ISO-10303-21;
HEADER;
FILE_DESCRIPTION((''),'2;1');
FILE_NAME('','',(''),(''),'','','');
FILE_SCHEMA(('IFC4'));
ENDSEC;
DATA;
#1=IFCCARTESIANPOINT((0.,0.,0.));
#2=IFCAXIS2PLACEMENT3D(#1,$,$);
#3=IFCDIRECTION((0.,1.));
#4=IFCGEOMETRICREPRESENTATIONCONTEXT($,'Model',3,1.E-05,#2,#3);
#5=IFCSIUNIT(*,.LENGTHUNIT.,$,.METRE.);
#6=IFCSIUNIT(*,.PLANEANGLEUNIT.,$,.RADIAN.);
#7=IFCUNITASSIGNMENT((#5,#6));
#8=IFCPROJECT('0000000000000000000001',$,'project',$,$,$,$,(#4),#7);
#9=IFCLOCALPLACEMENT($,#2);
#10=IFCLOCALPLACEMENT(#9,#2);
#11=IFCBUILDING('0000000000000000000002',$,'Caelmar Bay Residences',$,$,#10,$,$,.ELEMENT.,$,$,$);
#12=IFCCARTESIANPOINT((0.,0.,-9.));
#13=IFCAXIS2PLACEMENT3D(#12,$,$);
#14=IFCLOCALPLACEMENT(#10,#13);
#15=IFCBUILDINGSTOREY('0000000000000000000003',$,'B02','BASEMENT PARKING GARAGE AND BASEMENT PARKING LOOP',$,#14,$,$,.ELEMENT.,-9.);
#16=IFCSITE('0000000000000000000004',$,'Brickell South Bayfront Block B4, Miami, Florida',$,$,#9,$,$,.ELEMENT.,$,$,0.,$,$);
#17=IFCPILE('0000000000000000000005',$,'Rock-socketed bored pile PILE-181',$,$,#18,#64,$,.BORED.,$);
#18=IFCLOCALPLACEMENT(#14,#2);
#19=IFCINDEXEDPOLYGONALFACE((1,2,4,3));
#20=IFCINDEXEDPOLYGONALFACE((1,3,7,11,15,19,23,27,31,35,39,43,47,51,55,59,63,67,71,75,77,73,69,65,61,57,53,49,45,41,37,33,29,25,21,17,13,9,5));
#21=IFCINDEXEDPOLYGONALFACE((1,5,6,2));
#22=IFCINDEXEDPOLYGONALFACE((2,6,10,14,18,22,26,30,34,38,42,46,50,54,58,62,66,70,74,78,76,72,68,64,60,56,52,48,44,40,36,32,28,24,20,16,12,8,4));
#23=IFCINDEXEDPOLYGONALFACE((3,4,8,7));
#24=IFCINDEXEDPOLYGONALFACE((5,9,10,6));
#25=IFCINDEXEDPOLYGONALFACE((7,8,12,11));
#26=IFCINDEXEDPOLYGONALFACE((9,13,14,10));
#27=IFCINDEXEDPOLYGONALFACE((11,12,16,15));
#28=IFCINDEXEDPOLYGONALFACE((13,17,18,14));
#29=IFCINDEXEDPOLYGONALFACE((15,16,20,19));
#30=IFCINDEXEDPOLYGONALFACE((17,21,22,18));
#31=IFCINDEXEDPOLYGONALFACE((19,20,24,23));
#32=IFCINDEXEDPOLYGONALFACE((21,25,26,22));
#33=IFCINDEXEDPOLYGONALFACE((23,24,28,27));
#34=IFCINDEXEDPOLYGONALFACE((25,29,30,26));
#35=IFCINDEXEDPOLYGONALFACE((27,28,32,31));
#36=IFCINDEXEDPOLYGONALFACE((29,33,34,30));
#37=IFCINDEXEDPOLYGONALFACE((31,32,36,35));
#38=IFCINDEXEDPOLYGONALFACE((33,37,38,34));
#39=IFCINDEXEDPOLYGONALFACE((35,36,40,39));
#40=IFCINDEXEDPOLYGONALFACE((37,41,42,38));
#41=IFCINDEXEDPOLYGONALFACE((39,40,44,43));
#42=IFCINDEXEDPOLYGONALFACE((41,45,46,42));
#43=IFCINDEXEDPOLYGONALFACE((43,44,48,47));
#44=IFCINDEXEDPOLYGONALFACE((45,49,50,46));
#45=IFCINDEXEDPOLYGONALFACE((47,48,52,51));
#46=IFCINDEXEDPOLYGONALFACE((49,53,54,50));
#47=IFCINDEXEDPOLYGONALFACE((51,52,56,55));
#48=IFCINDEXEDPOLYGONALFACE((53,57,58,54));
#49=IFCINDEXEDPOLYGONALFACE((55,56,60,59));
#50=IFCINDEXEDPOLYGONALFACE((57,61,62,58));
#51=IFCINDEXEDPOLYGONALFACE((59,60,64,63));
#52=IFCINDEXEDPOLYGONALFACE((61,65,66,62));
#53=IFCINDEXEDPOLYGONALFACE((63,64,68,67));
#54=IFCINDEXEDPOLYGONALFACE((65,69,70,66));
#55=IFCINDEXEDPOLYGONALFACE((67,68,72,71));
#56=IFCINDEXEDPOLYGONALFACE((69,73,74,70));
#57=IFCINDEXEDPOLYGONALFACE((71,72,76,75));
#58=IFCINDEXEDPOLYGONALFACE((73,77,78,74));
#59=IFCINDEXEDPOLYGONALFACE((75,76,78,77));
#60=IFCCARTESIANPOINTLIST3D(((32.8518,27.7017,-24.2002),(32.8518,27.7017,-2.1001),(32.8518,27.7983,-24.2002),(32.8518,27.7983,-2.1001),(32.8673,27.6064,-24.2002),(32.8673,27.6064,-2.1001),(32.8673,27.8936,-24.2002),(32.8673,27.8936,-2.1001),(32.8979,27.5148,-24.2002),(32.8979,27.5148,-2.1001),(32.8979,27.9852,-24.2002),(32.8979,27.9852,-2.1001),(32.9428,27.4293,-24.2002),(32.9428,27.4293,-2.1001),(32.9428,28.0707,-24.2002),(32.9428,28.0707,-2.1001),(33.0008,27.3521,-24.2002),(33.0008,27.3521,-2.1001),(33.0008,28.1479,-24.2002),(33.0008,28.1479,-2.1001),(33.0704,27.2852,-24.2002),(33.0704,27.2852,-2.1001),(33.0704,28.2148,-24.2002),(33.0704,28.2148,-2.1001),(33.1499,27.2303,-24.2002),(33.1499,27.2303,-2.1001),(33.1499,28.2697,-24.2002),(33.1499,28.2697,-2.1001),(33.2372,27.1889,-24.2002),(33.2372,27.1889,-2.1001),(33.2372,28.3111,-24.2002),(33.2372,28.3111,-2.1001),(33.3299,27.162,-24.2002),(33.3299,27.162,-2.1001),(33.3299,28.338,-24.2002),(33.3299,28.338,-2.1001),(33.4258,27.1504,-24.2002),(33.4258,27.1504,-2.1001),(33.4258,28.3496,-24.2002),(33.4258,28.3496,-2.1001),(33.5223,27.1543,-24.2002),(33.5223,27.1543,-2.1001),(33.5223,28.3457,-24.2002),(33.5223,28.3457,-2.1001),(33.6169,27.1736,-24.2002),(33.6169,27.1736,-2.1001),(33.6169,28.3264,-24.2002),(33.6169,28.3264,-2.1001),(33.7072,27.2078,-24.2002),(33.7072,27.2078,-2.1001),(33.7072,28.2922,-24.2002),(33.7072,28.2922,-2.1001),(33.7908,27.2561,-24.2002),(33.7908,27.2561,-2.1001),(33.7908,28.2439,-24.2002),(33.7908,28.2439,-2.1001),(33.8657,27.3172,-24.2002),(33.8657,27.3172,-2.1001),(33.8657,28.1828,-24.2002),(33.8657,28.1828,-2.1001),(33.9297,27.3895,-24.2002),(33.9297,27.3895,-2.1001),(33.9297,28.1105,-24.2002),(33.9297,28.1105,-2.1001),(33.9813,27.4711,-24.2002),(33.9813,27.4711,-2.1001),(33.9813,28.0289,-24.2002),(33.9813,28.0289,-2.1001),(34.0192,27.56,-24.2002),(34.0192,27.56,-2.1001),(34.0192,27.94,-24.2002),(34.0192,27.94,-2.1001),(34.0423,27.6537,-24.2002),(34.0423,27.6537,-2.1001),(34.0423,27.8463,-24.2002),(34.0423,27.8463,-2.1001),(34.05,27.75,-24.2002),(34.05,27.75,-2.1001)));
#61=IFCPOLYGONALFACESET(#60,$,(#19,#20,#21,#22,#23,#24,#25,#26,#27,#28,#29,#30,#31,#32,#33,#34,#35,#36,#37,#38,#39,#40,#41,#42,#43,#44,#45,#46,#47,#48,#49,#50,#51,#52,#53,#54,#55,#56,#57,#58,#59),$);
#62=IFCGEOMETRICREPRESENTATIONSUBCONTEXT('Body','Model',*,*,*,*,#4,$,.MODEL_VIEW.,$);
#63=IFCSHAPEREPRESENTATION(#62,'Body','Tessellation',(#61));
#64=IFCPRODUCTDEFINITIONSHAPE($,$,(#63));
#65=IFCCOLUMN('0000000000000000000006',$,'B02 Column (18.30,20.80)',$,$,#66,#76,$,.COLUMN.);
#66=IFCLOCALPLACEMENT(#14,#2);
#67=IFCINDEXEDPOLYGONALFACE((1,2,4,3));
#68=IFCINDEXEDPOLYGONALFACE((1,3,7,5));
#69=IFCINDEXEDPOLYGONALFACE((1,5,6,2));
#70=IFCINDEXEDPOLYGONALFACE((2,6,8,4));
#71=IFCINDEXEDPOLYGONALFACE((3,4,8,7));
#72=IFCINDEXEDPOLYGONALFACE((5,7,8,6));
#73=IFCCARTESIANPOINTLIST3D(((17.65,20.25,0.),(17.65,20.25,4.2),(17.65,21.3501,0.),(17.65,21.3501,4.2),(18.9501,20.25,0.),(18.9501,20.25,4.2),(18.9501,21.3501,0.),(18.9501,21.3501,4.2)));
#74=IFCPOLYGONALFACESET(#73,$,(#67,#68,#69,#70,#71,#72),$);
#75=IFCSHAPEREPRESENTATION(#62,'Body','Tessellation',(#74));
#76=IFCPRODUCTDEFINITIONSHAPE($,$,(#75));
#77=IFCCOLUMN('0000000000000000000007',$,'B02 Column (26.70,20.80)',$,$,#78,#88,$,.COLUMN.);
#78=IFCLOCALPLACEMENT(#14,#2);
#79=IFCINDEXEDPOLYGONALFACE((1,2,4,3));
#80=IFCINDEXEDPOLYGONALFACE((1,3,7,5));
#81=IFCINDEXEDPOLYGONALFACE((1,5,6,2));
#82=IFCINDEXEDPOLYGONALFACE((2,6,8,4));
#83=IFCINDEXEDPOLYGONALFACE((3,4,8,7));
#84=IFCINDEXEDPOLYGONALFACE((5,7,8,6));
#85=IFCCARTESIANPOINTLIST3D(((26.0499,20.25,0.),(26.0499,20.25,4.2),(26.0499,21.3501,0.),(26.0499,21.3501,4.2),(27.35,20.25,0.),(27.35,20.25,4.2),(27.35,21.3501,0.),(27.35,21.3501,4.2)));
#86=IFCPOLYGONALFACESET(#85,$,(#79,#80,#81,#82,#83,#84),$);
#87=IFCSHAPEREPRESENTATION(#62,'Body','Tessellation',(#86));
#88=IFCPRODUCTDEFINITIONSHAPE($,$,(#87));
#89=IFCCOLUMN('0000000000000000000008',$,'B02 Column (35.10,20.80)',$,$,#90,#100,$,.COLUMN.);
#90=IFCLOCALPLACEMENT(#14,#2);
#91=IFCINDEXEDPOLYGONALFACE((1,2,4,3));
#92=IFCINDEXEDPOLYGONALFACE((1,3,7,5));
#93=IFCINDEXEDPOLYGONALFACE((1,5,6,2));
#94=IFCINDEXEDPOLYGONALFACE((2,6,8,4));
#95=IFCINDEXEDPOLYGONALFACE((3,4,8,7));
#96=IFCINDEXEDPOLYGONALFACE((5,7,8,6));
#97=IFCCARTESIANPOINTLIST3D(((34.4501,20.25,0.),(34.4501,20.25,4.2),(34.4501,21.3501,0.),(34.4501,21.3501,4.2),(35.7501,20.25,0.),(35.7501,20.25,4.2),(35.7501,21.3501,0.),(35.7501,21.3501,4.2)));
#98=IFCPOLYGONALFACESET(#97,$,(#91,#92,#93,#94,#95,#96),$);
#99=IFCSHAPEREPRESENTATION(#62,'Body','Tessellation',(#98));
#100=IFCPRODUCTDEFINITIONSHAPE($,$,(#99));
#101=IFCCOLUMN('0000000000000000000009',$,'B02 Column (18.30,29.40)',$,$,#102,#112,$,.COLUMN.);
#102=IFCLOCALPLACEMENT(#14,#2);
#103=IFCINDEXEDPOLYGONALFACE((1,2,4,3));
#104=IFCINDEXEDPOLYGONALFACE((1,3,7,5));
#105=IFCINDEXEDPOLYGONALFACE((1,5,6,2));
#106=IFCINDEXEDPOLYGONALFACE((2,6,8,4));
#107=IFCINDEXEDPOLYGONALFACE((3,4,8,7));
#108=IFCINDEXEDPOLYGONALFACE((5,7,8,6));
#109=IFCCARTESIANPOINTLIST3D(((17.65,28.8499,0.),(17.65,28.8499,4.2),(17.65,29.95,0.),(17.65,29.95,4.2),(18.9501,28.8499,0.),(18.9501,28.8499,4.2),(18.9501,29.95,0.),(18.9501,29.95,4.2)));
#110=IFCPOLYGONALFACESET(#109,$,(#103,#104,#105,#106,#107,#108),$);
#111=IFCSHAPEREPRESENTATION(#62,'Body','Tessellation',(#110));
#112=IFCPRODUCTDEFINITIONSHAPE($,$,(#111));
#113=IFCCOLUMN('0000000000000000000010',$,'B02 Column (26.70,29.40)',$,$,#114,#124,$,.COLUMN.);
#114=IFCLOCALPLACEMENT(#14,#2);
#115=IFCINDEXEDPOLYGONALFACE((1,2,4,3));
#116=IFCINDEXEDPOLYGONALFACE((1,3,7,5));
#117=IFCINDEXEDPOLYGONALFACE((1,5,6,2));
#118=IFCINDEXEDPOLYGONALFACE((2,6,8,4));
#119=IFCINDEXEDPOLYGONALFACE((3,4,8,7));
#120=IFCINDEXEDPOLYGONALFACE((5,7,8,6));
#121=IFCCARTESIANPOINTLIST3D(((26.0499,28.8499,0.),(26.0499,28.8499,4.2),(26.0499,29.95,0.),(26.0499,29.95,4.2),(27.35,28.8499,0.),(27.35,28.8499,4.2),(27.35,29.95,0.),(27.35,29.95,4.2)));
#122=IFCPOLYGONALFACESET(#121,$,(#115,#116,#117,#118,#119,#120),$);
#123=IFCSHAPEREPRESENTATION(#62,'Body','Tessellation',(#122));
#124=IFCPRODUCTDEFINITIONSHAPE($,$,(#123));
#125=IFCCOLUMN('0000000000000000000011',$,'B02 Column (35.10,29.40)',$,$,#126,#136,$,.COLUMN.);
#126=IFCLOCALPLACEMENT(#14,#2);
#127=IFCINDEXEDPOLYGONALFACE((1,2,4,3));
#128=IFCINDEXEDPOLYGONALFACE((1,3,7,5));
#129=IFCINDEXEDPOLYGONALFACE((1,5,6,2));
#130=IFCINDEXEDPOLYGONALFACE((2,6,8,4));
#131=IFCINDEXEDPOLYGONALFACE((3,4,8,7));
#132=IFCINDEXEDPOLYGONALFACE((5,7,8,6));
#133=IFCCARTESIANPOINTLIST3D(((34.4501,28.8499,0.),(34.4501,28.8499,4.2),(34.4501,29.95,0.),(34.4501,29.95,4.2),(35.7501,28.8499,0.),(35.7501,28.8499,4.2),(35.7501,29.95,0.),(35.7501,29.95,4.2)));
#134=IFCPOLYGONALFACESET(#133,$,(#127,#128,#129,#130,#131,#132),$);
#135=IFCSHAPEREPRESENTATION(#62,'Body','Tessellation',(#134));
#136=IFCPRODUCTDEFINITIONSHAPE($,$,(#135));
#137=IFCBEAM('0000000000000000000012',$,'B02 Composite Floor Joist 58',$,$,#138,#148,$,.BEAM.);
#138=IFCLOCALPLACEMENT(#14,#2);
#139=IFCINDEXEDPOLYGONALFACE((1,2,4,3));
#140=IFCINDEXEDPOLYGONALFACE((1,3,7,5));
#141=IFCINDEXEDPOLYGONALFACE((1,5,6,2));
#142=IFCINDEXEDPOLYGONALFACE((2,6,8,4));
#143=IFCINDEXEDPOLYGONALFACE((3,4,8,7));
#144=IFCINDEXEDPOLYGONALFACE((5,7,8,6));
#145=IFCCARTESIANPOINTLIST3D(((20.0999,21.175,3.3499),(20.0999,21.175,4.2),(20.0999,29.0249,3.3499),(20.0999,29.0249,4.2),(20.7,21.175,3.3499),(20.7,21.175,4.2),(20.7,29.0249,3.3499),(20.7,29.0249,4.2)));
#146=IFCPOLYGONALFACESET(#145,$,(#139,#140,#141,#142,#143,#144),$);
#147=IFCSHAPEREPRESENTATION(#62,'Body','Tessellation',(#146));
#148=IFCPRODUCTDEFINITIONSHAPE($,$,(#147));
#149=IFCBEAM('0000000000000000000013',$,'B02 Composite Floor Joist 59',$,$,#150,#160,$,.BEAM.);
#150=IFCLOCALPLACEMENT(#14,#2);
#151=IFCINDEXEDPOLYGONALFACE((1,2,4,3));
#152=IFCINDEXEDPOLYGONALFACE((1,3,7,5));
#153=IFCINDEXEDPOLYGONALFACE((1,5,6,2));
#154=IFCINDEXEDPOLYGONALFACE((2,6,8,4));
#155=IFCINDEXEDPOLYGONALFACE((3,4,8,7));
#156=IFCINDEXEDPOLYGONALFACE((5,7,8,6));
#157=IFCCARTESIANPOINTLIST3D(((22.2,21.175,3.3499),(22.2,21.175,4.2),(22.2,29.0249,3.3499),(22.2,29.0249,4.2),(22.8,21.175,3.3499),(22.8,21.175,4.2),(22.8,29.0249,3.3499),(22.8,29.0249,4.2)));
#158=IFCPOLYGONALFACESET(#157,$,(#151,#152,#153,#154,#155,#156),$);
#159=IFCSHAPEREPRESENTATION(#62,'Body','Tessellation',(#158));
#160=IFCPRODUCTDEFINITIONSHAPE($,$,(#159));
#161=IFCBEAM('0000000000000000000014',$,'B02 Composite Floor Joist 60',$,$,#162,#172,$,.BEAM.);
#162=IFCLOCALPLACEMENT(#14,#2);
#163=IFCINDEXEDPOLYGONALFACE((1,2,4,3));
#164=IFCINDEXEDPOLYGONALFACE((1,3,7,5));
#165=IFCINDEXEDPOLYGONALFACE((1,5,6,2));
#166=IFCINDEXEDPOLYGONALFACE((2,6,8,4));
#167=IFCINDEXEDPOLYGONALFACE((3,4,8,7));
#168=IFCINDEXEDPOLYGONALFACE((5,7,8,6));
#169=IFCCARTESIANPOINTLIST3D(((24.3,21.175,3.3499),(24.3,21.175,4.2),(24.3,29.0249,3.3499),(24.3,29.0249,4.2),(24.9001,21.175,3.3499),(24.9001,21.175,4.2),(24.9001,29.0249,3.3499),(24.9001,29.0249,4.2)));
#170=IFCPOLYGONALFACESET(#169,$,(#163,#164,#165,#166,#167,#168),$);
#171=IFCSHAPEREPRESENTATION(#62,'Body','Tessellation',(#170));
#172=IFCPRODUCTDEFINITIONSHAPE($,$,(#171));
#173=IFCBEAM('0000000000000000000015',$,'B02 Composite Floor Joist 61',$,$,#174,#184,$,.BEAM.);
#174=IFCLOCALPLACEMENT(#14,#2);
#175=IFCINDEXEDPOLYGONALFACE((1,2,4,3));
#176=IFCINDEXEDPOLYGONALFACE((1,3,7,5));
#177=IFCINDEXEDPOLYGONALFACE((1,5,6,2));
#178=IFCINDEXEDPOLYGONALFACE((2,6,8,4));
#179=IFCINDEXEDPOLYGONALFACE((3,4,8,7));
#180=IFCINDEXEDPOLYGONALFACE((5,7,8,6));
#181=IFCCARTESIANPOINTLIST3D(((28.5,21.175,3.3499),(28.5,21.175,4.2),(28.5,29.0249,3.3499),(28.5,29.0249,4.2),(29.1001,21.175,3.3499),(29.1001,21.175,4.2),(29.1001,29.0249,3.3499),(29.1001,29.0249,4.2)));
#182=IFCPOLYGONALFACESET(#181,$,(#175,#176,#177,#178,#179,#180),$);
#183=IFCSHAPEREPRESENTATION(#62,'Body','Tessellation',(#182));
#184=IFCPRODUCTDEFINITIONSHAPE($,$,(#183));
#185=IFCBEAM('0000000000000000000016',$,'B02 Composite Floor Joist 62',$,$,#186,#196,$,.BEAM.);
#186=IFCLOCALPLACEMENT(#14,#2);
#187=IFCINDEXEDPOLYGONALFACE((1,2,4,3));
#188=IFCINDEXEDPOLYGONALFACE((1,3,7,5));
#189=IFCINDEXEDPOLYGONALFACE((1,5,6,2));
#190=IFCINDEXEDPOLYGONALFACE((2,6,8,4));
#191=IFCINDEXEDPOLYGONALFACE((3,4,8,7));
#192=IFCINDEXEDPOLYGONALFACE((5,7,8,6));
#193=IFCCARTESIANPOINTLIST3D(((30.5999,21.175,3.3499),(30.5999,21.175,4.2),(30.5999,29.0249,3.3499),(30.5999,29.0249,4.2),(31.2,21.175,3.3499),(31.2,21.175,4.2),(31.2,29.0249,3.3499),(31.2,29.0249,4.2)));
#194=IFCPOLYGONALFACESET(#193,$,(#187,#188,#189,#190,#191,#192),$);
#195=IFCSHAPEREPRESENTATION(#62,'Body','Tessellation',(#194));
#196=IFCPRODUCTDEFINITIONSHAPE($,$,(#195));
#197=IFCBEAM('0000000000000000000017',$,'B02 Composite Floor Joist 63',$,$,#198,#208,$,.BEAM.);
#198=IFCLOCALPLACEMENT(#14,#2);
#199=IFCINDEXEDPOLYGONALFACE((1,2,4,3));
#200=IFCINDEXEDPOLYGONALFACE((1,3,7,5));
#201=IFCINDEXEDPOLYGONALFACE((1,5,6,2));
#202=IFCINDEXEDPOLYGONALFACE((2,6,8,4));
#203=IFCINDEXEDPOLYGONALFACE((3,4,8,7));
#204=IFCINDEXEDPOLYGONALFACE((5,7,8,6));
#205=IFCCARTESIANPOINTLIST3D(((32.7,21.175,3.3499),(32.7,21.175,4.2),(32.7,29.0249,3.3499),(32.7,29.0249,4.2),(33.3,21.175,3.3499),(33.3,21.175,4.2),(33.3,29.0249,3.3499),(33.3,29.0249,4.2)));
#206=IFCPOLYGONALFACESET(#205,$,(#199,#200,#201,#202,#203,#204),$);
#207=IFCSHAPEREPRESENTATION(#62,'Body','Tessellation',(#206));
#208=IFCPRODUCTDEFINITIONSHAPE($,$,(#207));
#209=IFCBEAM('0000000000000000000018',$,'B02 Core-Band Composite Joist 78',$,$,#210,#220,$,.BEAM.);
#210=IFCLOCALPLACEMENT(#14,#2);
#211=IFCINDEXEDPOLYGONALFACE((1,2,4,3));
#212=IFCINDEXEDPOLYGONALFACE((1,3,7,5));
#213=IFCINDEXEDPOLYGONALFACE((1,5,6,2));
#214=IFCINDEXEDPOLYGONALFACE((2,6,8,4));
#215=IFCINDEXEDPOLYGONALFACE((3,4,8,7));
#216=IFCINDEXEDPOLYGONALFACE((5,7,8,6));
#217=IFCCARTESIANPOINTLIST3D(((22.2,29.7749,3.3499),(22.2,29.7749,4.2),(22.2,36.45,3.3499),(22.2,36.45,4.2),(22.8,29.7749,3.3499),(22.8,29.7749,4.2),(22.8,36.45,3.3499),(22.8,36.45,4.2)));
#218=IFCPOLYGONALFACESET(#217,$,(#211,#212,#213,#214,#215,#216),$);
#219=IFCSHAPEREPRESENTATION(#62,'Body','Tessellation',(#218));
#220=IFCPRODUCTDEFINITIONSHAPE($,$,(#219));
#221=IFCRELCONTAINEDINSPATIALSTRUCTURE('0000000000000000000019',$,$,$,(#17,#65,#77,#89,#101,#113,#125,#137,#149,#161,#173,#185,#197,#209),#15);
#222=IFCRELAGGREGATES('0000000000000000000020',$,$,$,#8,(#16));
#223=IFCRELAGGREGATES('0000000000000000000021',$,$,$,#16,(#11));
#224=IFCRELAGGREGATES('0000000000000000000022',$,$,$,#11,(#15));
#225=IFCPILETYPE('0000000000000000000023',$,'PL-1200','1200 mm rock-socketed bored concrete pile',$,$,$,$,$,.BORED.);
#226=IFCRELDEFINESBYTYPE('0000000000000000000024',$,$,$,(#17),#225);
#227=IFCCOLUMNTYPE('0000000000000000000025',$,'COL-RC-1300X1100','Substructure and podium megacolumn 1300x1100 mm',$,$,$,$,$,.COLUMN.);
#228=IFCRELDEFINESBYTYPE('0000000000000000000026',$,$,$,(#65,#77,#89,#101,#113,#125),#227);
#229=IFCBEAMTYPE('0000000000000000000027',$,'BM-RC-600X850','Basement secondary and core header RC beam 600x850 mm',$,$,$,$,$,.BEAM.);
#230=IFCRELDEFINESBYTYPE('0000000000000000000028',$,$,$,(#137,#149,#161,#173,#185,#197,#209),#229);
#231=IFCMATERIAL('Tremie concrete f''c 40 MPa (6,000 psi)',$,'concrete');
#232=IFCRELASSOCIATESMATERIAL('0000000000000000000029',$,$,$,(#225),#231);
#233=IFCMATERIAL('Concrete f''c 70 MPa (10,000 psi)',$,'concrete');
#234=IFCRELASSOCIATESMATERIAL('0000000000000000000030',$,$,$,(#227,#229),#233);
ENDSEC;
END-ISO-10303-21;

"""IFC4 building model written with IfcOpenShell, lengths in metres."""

from ifc_helpers import new_model, si_unit, direction, frame, origin, origin_2d, place, context, subcontext, project, spatial, rectangle, circle, extrude, material, material_profile, profile_set, type_object, element, save


model = new_model("IFC4")

# Units and contexts
model_context = context("Model", 3, precision=1e-05, world=origin(), true_north=direction((0.0, 1.0)))
body_context = subcontext(model_context, "Body", "Model", "MODEL_VIEW")
ifc_project = project(units=[si_unit("LENGTHUNIT", "METRE"), si_unit("PLANEANGLEUNIT", "RADIAN")], contexts=[model_context])

# Site, building, storey
site_placement = place(None, origin())
site = spatial("IfcSite", under=ifc_project, at=site_placement, Name="Brickell South Bayfront Block B4, Miami, Florida", CompositionType="ELEMENT", RefElevation=0.0)
building_placement = place(site_placement, origin())
building = spatial("IfcBuilding", under=site, at=building_placement, Name="Caelmar Bay Residences", CompositionType="ELEMENT")
storey_placement = place(building_placement, frame((0.0, 0.0, -9.0)))
storey = spatial("IfcBuildingStorey", under=building, at=storey_placement, Name="B02", Description="BASEMENT PARKING GARAGE AND BASEMENT PARKING LOOP", CompositionType="ELEMENT", Elevation=-9.0)

# Pile
ifc_material_1 = material(Name="Tremie concrete f'c 40 MPa (6,000 psi)", Category="concrete")
ifc_material_profile_1 = material_profile(ifc_material_1, circle(Radius=0.6001, at=origin_2d()), Name="PILE-1200D")
ifc_profile_set_1 = profile_set([ifc_material_profile_1], Name="Tremie concrete f'c 40 MPa (6,000 psi)")
pile_type = type_object("IfcPileType", Name="PL-1200", Description="1200 mm rock-socketed bored concrete pile", PredefinedType="BORED", material=ifc_profile_set_1)
for number, where, z_axis, x_axis, name in (
    (1, (33.45, 27.75, -2.1001), (0.0, 0.0, -1.0), (1.0, 0.0, 0.0), "Rock-socketed bored pile PILE-181"),
):
    element("IfcPile", number, at=place(storey_placement, frame(where, z_axis=z_axis, x_axis=x_axis)), inside=storey, type_object=pile_type, Name=name, PredefinedType="BORED", context=body_context, shape_type="SweptSolid", body=[
        extrude(circle(Radius=0.6001, at=origin_2d()), origin(), (0.0, 0.0, 1.0), 22.1001),
    ])

# Columns
ifc_material_2 = material(Name="Concrete f'c 70 MPa (10,000 psi)", Category="concrete")
ifc_material_profile_2 = material_profile(ifc_material_2, rectangle(XDim=1.3, YDim=1.1001, at=origin_2d()), Name="RC-COL-1300X1100")
ifc_profile_set_2 = profile_set([ifc_material_profile_2], Name="Concrete f'c 70 MPa (10,000 psi)")
column_type = type_object("IfcColumnType", Name="COL-RC-1300X1100", Description="Substructure and podium megacolumn 1300x1100 mm", PredefinedType="COLUMN", material=ifc_profile_set_2)
for number, where, z_axis, x_axis, name in (
    (2, (18.3, 20.8, 0.0), (0.0, 0.0, 1.0), (1.0, 0.0, 0.0), "B02 Column (18.30,20.80)"),
    (3, (26.7, 20.8, 0.0), (0.0, 0.0, 1.0), (1.0, 0.0, 0.0), "B02 Column (26.70,20.80)"),
    (4, (35.1001, 20.8, 0.0), (0.0, 0.0, 1.0), (1.0, 0.0, 0.0), "B02 Column (35.10,20.80)"),
    (5, (18.3, 29.3999, 0.0), (0.0, 0.0, 1.0), (1.0, 0.0, 0.0), "B02 Column (18.30,29.40)"),
    (6, (26.7, 29.3999, 0.0), (0.0, 0.0, 1.0), (1.0, 0.0, 0.0), "B02 Column (26.70,29.40)"),
    (7, (35.1001, 29.3999, 0.0), (0.0, 0.0, 1.0), (1.0, 0.0, 0.0), "B02 Column (35.10,29.40)"),
):
    element("IfcColumn", number, at=place(storey_placement, frame(where, z_axis=z_axis, x_axis=x_axis)), inside=storey, type_object=column_type, Name=name, PredefinedType="COLUMN", context=body_context, shape_type="SweptSolid", body=[
        extrude(rectangle(XDim=1.3, YDim=1.1001, at=origin_2d()), origin(), (0.0, 0.0, 1.0), 4.2),
    ])

# Beams
ifc_material_profile_3 = material_profile(ifc_material_2, rectangle(XDim=0.6001, YDim=0.8501, at=origin_2d()), Name="RC-BM-600X850")
ifc_profile_set_3 = profile_set([ifc_material_profile_3], Name="Concrete f'c 70 MPa (10,000 psi)")
beam_type_1 = type_object("IfcBeamType", Name="BM-RC-600X850", Description="Basement secondary and core header RC beam 600x850 mm", PredefinedType="BEAM", material=ifc_profile_set_3)
for number, where, z_axis, x_axis, name in (
    (8, (20.3999, 21.175, 3.7749), (0.0, 1.0, 0.0), (-1.0, 0.0, 0.0), "B02 Composite Floor Joist 58"),
    (9, (22.5, 21.175, 3.7749), (0.0, 1.0, 0.0), (-1.0, 0.0, 0.0), "B02 Composite Floor Joist 59"),
    (10, (24.6001, 21.175, 3.7749), (0.0, 1.0, 0.0), (-1.0, 0.0, 0.0), "B02 Composite Floor Joist 60"),
    (11, (28.8, 21.175, 3.7749), (0.0, 1.0, 0.0), (-1.0, 0.0, 0.0), "B02 Composite Floor Joist 61"),
    (12, (30.8999, 21.175, 3.7749), (0.0, 1.0, 0.0), (-1.0, 0.0, 0.0), "B02 Composite Floor Joist 62"),
    (13, (33.0, 21.175, 3.7749), (0.0, 1.0, 0.0), (-1.0, 0.0, 0.0), "B02 Composite Floor Joist 63"),
):
    element("IfcBeam", number, at=place(storey_placement, frame(where, z_axis=z_axis, x_axis=x_axis)), inside=storey, type_object=beam_type_1, Name=name, PredefinedType="BEAM", context=body_context, shape_type="SweptSolid", body=[
        extrude(rectangle(XDim=0.6001, YDim=0.8501, at=origin_2d()), origin(), (0.0, 0.0, 1.0), 7.8499),
    ])
for number, where, z_axis, x_axis, name in (
    (14, (22.5, 29.7749, 3.7749), (0.0, 1.0, 0.0), (-1.0, 0.0, 0.0), "B02 Core-Band Composite Joist 78"),
):
    element("IfcBeam", number, at=place(storey_placement, frame(where, z_axis=z_axis, x_axis=x_axis)), inside=storey, type_object=beam_type_1, Name=name, PredefinedType="BEAM", context=body_context, shape_type="SweptSolid", body=[
        extrude(rectangle(XDim=0.6001, YDim=0.8501, at=origin_2d()), origin(), (0.0, 0.0, 1.0), 6.675),
    ])

save(model, "model.ifc")
